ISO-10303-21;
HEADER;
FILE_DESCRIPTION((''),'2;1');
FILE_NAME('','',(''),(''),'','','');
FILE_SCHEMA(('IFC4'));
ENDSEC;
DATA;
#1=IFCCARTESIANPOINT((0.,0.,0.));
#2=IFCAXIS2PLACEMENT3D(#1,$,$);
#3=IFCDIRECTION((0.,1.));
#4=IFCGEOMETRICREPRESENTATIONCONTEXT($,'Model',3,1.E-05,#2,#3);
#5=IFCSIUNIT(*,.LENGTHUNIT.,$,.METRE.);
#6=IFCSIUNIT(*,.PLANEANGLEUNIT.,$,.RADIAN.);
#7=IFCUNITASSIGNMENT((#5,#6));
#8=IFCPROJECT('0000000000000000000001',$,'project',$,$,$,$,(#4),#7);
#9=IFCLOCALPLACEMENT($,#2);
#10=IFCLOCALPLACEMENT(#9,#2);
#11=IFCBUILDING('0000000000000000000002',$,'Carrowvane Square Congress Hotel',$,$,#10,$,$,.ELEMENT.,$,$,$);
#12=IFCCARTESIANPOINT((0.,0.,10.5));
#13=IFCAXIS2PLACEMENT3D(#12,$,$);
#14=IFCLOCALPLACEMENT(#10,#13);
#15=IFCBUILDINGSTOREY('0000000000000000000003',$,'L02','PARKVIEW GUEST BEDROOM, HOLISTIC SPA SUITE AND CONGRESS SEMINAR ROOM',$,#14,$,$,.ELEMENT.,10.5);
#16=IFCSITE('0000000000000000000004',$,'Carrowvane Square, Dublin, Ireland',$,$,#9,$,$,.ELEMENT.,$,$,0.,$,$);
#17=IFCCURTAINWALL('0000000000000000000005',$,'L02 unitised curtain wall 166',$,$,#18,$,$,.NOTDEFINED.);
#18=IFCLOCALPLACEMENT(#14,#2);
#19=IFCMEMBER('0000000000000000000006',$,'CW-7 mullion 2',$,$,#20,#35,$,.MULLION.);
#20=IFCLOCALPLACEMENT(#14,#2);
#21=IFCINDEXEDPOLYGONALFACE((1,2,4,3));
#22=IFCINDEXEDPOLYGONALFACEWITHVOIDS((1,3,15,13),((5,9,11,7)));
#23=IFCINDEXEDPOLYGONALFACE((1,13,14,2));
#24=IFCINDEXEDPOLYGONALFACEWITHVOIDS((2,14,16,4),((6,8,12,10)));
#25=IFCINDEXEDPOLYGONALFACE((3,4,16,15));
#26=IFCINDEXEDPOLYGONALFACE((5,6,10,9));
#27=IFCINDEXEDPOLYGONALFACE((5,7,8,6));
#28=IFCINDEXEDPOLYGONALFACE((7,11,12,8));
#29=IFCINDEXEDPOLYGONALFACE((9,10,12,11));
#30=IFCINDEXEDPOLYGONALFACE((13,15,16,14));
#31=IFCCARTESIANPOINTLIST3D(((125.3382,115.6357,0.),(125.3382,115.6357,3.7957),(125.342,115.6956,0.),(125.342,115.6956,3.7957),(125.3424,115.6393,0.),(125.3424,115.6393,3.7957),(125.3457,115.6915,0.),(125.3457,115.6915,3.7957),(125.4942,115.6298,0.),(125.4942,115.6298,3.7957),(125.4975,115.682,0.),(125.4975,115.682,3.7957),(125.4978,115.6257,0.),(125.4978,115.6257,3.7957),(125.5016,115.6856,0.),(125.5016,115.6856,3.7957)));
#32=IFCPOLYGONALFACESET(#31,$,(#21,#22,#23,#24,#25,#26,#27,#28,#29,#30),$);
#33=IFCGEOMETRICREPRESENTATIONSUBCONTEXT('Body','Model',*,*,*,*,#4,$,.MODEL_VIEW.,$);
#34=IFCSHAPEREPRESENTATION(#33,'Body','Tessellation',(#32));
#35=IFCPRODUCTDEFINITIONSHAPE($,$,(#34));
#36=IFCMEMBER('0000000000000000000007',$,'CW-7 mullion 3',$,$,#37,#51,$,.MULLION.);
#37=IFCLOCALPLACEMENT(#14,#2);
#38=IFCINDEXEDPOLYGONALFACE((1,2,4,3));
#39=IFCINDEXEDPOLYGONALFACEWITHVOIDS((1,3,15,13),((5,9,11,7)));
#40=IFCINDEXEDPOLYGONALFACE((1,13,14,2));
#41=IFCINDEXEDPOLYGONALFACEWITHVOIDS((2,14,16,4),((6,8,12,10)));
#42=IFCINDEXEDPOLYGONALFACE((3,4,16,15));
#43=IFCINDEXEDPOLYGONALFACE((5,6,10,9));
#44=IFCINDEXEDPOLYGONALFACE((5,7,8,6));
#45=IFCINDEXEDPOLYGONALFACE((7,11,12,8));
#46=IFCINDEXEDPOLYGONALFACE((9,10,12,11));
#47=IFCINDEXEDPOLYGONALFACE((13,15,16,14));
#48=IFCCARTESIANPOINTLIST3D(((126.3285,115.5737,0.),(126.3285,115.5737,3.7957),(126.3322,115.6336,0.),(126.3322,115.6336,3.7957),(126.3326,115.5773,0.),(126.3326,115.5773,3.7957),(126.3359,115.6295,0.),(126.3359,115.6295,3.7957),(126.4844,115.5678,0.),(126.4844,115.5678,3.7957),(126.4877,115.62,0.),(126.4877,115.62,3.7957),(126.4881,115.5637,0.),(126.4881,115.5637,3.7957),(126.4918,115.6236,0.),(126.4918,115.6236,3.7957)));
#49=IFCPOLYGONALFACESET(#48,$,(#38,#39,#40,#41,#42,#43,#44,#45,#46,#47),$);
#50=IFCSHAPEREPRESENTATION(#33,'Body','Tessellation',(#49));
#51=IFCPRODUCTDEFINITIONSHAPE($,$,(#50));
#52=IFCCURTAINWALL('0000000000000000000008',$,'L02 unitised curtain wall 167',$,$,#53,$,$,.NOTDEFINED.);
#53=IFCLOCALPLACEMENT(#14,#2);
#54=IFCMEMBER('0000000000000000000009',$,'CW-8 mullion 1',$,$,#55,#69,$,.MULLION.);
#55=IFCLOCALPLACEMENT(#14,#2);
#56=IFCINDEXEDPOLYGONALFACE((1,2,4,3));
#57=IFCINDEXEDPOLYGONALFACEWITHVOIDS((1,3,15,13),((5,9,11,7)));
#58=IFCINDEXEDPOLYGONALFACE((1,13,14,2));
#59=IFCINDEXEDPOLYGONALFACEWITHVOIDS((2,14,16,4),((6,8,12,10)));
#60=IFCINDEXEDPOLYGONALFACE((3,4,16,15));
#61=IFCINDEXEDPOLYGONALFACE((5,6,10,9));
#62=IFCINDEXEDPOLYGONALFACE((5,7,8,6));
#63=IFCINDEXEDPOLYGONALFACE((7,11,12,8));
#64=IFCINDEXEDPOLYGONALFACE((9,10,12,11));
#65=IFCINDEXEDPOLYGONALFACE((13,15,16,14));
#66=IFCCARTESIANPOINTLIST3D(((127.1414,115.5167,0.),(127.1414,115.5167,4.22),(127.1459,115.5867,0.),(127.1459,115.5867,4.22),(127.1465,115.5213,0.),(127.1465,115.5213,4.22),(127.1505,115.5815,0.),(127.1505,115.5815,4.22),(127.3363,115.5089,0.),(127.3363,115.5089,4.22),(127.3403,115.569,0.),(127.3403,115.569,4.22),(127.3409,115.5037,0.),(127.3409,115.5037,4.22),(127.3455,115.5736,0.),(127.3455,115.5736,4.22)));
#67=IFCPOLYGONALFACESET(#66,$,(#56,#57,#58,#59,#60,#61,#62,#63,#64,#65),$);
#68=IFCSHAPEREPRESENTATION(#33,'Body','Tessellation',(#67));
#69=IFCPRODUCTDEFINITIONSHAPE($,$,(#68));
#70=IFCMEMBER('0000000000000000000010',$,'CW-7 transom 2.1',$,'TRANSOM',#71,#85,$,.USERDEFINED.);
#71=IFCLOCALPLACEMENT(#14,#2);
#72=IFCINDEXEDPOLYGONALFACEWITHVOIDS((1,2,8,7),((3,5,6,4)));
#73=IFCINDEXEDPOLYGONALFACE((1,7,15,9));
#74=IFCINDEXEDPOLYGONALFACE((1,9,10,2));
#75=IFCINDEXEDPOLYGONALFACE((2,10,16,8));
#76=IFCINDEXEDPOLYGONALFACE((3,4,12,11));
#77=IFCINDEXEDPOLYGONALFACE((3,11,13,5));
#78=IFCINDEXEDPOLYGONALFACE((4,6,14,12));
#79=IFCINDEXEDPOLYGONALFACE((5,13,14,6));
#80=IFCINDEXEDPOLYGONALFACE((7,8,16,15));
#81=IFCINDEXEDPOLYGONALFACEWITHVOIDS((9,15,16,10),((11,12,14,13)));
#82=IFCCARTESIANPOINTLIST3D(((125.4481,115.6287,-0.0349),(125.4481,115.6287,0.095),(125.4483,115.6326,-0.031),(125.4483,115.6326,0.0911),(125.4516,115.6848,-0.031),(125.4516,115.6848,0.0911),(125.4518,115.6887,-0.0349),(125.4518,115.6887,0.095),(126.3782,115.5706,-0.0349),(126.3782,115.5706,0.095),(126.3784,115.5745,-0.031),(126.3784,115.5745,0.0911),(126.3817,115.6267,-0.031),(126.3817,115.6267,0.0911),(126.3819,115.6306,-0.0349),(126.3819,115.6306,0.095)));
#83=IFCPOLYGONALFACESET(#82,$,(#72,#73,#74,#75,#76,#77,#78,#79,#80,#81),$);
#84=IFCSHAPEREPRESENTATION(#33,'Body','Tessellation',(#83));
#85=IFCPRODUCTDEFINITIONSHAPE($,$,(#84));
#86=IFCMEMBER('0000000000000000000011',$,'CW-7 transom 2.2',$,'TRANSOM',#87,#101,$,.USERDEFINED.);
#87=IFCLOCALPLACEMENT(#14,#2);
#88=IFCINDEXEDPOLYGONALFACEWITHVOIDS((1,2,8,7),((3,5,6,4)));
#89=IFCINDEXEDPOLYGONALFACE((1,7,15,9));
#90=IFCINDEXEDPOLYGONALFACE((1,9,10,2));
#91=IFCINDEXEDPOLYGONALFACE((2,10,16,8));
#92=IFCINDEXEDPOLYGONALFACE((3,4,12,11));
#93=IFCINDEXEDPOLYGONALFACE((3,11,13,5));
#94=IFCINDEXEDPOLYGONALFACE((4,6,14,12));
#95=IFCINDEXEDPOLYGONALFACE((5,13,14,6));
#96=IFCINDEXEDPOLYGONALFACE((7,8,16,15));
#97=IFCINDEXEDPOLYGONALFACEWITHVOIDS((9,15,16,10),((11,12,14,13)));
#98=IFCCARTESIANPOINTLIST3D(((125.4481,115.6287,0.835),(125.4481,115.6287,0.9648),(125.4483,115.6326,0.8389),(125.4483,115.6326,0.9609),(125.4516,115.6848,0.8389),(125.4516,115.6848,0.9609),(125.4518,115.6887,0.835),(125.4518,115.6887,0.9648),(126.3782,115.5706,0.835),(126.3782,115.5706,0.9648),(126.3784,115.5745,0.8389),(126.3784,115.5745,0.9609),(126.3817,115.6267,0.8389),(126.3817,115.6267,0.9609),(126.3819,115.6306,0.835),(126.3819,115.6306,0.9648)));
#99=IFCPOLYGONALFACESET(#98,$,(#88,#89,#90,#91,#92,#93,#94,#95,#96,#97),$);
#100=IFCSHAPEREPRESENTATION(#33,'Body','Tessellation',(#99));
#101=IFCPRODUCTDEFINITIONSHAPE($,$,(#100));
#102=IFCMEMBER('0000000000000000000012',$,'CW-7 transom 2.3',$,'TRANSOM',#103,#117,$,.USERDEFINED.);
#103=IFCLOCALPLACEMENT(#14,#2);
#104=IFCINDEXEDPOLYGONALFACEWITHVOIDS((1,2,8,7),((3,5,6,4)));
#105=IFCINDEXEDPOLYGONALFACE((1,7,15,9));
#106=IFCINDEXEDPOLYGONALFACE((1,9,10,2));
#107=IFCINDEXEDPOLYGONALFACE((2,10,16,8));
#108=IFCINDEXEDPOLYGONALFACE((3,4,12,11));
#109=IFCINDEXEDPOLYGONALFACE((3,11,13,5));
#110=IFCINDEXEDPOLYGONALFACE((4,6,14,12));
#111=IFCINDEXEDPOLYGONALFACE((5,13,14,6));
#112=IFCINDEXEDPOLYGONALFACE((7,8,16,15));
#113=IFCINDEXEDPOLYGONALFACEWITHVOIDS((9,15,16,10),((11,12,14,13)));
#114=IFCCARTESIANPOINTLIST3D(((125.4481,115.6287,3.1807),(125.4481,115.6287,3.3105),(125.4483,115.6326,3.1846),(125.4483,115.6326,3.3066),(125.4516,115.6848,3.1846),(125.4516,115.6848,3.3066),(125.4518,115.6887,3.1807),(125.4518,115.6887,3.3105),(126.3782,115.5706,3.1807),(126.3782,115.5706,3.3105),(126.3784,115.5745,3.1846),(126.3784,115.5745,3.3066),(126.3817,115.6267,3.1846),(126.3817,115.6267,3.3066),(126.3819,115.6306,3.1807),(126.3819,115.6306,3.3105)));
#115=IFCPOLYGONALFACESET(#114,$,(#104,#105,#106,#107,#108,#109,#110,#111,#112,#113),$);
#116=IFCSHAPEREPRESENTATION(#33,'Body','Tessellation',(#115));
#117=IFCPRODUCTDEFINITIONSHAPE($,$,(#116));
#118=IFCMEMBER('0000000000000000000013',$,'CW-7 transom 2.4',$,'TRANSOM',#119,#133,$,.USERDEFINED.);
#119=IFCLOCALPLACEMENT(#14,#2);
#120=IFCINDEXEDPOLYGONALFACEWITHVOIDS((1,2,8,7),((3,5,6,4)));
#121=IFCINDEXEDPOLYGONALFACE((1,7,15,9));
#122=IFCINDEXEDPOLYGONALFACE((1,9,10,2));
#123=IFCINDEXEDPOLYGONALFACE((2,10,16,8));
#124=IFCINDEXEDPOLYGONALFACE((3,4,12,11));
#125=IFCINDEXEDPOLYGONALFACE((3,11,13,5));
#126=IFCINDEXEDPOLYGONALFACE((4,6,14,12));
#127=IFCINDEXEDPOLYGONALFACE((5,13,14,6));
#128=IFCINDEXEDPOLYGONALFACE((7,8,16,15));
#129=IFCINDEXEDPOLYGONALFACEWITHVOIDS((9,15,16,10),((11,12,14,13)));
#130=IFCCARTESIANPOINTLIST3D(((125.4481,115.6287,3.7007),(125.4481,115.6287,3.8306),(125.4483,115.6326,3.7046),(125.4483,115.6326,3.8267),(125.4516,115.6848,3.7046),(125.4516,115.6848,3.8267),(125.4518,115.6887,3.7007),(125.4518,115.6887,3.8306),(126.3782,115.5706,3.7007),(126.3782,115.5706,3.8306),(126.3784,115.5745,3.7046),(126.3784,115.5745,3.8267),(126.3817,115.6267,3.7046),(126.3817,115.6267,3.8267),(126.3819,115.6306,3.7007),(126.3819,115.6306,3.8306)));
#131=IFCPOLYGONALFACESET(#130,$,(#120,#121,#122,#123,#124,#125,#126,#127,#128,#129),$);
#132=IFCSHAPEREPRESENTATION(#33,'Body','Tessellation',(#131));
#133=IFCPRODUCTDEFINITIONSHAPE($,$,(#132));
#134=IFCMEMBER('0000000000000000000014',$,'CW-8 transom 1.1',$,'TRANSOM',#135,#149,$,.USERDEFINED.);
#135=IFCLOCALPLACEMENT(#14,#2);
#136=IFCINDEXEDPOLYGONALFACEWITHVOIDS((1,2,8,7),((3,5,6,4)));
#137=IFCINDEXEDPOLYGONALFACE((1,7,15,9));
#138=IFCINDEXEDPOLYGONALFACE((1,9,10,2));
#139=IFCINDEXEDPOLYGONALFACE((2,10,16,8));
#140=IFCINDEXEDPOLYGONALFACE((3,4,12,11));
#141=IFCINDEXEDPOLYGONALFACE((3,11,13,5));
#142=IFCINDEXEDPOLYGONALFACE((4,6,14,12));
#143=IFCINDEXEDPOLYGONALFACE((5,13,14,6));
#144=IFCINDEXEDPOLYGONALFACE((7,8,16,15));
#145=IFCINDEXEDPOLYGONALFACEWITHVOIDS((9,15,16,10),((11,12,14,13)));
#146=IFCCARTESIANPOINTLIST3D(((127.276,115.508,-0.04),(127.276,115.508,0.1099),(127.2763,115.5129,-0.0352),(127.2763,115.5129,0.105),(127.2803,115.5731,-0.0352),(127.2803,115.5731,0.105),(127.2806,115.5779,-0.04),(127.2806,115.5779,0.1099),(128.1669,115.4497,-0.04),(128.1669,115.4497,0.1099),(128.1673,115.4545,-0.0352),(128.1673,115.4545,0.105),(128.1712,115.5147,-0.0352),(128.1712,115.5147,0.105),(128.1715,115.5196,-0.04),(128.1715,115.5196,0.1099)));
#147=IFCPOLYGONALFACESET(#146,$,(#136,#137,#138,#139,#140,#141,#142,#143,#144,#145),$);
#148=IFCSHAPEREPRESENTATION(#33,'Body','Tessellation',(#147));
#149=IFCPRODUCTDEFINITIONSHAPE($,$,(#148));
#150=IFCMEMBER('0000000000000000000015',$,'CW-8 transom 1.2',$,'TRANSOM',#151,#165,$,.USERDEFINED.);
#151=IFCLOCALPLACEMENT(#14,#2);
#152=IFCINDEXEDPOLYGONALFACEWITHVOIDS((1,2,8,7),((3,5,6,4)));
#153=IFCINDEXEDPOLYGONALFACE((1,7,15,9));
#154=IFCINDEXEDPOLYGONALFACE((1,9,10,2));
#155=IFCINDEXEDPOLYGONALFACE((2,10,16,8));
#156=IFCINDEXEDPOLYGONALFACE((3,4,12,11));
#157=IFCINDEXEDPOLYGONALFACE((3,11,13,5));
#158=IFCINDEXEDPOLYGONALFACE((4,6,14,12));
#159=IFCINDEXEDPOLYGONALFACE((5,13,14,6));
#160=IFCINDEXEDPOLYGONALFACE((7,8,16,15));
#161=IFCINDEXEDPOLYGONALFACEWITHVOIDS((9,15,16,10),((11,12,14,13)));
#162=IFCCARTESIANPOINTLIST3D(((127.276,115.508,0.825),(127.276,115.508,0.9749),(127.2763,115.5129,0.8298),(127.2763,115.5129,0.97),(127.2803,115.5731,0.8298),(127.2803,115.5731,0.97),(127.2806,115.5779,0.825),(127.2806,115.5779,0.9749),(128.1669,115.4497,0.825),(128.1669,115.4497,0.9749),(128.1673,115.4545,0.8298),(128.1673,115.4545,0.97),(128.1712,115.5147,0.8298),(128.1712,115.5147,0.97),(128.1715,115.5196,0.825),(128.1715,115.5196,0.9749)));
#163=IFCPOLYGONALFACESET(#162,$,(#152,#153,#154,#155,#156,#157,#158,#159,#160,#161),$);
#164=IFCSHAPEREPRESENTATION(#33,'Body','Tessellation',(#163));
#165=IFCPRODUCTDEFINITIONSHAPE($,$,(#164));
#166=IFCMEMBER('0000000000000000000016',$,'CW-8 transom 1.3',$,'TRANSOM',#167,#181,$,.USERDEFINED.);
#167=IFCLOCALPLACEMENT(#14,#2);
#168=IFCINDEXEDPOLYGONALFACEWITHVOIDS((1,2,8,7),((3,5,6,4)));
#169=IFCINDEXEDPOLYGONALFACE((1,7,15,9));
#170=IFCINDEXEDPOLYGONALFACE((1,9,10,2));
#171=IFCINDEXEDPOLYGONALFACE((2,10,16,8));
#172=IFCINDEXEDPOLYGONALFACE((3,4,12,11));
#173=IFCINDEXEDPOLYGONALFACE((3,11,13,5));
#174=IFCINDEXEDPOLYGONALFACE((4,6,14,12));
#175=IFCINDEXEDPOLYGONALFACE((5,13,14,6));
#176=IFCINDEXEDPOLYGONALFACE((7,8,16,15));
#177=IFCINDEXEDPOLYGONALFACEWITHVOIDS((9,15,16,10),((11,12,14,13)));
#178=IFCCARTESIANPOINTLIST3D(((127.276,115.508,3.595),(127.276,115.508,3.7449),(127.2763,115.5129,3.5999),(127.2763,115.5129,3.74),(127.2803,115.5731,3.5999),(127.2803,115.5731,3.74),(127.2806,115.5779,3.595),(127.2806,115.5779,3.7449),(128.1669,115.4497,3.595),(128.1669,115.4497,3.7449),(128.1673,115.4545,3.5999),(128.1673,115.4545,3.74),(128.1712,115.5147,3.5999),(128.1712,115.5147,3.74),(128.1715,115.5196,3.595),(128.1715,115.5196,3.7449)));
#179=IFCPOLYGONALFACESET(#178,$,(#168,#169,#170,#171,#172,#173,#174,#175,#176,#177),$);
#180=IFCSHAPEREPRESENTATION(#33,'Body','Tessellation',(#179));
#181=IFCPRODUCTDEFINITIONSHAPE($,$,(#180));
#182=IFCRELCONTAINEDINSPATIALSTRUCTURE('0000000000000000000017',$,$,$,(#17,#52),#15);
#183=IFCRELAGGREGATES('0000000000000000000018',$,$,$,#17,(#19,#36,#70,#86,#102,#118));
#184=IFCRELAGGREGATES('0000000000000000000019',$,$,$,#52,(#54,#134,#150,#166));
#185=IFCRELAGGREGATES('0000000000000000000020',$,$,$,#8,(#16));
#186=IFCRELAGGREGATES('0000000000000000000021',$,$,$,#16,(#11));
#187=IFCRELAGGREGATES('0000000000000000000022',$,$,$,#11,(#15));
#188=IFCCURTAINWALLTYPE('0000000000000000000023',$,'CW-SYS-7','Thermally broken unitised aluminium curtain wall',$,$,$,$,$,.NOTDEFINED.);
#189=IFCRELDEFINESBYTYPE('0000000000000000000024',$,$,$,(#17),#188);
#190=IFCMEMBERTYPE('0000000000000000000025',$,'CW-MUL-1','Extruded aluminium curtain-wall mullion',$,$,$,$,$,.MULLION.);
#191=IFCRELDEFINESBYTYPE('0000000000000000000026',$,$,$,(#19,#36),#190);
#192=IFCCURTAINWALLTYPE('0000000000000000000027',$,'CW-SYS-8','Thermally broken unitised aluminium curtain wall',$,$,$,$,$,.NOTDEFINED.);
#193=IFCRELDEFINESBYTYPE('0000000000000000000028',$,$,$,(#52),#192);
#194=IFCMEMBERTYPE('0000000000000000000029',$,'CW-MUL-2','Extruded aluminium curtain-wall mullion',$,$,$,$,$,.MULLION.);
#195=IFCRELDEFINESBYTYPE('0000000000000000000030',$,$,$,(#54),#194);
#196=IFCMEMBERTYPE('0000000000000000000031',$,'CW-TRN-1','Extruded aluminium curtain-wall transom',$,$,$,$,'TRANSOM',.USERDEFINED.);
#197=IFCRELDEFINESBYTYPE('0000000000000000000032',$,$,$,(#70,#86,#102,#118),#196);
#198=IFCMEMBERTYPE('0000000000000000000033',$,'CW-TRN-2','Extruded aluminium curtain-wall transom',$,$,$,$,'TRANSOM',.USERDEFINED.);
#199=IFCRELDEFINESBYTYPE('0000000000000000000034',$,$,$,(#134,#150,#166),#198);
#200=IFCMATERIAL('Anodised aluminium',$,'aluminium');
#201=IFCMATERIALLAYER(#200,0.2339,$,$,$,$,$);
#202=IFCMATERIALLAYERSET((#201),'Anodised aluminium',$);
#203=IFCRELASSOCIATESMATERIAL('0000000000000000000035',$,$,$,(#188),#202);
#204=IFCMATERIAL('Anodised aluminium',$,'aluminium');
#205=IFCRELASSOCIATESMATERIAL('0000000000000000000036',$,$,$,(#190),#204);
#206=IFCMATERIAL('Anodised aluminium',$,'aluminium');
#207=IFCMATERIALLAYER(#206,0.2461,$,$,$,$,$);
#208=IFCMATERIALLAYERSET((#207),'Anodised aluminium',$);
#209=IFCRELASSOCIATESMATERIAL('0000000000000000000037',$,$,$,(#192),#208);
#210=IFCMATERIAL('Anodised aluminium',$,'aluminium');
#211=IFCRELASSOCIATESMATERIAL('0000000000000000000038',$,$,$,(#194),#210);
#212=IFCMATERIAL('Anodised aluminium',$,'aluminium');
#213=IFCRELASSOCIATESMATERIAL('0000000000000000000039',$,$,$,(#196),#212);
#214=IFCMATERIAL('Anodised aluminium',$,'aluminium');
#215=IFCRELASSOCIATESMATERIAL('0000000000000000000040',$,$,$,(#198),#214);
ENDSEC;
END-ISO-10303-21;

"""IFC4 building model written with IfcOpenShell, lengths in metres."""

from ifc_helpers import new_model, si_unit, direction, frame, origin, origin_2d, place, context, subcontext, project, spatial, hollow_rectangle, extrude, material, layer, layer_set, material_profile, profile_set, type_object, element, aggregate, save


model = new_model("IFC4")

# Units and contexts
model_context = context("Model", 3, precision=1e-05, world=origin(), true_north=direction((0.0, 1.0)))
body_context = subcontext(model_context, "Body", "Model", "MODEL_VIEW")
ifc_project = project(units=[si_unit("LENGTHUNIT", "METRE"), si_unit("PLANEANGLEUNIT", "RADIAN")], contexts=[model_context])

# Site, building, storey
site_placement = place(None, origin())
site = spatial("IfcSite", under=ifc_project, at=site_placement, Name="Carrowvane Square, Dublin, Ireland", CompositionType="ELEMENT", RefElevation=0.0)
building_placement = place(site_placement, origin())
building = spatial("IfcBuilding", under=site, at=building_placement, Name="Carrowvane Square Congress Hotel", CompositionType="ELEMENT")
storey_placement = place(building_placement, frame((0.0, 0.0, 10.5)))
storey = spatial("IfcBuildingStorey", under=building, at=storey_placement, Name="L02", Description="PARKVIEW GUEST BEDROOM, HOLISTIC SPA SUITE AND CONGRESS SEMINAR ROOM", CompositionType="ELEMENT", Elevation=10.5)

# Curtain wall, members
ifc_material_1 = material(Name="Anodised aluminium", Category="aluminium")
ifc_layer_1 = layer(ifc_material_1, 0.2339)
ifc_layer_set_1 = layer_set([ifc_layer_1], Name="Anodised aluminium")
curtain_wall_type_1 = type_object("IfcCurtainWallType", Name="CW-SYS-7", Description="Thermally broken unitised aluminium curtain wall", PredefinedType="NOTDEFINED", material=ifc_layer_set_1)
curtain_wall_1_placement = place(storey_placement, origin())
curtain_wall_1 = element("IfcCurtainWall", 1, at=curtain_wall_1_placement, inside=storey, type_object=curtain_wall_type_1, Name="L02 unitised curtain wall 166", PredefinedType="NOTDEFINED")
ifc_material_2 = material(Name="Anodised aluminium", Category="aluminium")
ifc_material_profile_1 = material_profile(ifc_material_2, hollow_rectangle(XDim=0.0601, YDim=0.1599, WallThickness=0.0039, at=origin_2d()), Name="CW-ML 60x160x4")
ifc_profile_set_1 = profile_set([ifc_material_profile_1], Name="Anodised aluminium")
member_type_1 = type_object("IfcMemberType", Name="CW-MUL-1", Description="Extruded aluminium curtain-wall mullion", PredefinedType="MULLION", material=ifc_profile_set_1)
member_1_placement = place(storey_placement, frame((125.4199, 115.6606, 0.0), z_axis=(0.0, 0.0, 1.0), x_axis=(0.062397, 0.998051, 0.0)))
member_1 = element("IfcMember", 2, at=member_1_placement, type_object=member_type_1, Name="CW-7 mullion 2", PredefinedType="MULLION", context=body_context, shape_type="SweptSolid", body=[
    extrude(hollow_rectangle(XDim=0.0601, YDim=0.1599, WallThickness=0.0039, at=origin_2d()), origin(), (0.0, 0.0, 1.0), 3.7957),
])
member_2_placement = place(storey_placement, frame((126.4102, 115.5986, 0.0), z_axis=(0.0, 0.0, 1.0), x_axis=(0.062397, 0.998051, 0.0)))
member_2 = element("IfcMember", 3, at=member_2_placement, type_object=member_type_1, Name="CW-7 mullion 3", PredefinedType="MULLION", context=body_context, shape_type="SweptSolid", body=[
    extrude(hollow_rectangle(XDim=0.0601, YDim=0.1599, WallThickness=0.0039, at=origin_2d()), origin(), (0.0, 0.0, 1.0), 3.7957),
])

# Curtain wall, member
ifc_material_3 = material(Name="Anodised aluminium", Category="aluminium")
ifc_layer_2 = layer(ifc_material_3, 0.2461)
ifc_layer_set_2 = layer_set([ifc_layer_2], Name="Anodised aluminium")
curtain_wall_type_2 = type_object("IfcCurtainWallType", Name="CW-SYS-8", Description="Thermally broken unitised aluminium curtain wall", PredefinedType="NOTDEFINED", material=ifc_layer_set_2)
curtain_wall_2_placement = place(storey_placement, origin())
curtain_wall_2 = element("IfcCurtainWall", 4, at=curtain_wall_2_placement, inside=storey, type_object=curtain_wall_type_2, Name="L02 unitised curtain wall 167", PredefinedType="NOTDEFINED")
ifc_material_4 = material(Name="Anodised aluminium", Category="aluminium")
ifc_material_profile_2 = material_profile(ifc_material_4, hollow_rectangle(XDim=0.0701, YDim=0.2, WallThickness=0.0049, at=origin_2d()), Name="CW-ML 70x200x5")
ifc_profile_set_2 = profile_set([ifc_material_profile_2], Name="Anodised aluminium")
member_type_2 = type_object("IfcMemberType", Name="CW-MUL-2", Description="Extruded aluminium curtain-wall mullion", PredefinedType="MULLION", material=ifc_profile_set_2)
member_3_placement = place(storey_placement, frame((127.2434, 115.5452, 0.0), z_axis=(0.0, 0.0, 1.0), x_axis=(0.065414, 0.997858, 0.0)))
member_3 = element("IfcMember", 5, at=member_3_placement, type_object=member_type_2, Name="CW-8 mullion 1", PredefinedType="MULLION", context=body_context, shape_type="SweptSolid", body=[
    extrude(hollow_rectangle(XDim=0.0701, YDim=0.2, WallThickness=0.0049, at=origin_2d()), origin(), (0.0, 0.0, 1.0), 4.22),
])

# Members
ifc_material_5 = material(Name="Anodised aluminium", Category="aluminium")
ifc_material_profile_3 = material_profile(ifc_material_5, hollow_rectangle(XDim=0.0601, YDim=0.1299, WallThickness=0.0039, at=origin_2d()), Name="CW-TR 60x130x4")
ifc_profile_set_3 = profile_set([ifc_material_profile_3], Name="Anodised aluminium")
member_type_3 = type_object("IfcMemberType", Name="CW-TRN-1", Description="Extruded aluminium curtain-wall transom", ElementType="TRANSOM", PredefinedType="USERDEFINED", material=ifc_profile_set_3)
member_4_placement = place(storey_placement, frame((125.45, 115.6587, 0.03), z_axis=(0.998055, -0.062346, 0.0), x_axis=(0.062346, 0.998055, 0.0)))
member_4 = element("IfcMember", 6, at=member_4_placement, type_object=member_type_3, Name="CW-7 transom 2.1", ObjectType="TRANSOM", PredefinedType="USERDEFINED", context=body_context, shape_type="SweptSolid", body=[
    extrude(hollow_rectangle(XDim=0.0601, YDim=0.1299, WallThickness=0.0039, at=origin_2d()), origin(), (0.0, 0.0, 1.0), 0.9319),
])
member_5_placement = place(storey_placement, frame((125.45, 115.6587, 0.8999), z_axis=(0.998055, -0.062346, 0.0), x_axis=(0.062346, 0.998055, 0.0)))
member_5 = element("IfcMember", 7, at=member_5_placement, type_object=member_type_3, Name="CW-7 transom 2.2", ObjectType="TRANSOM", PredefinedType="USERDEFINED", context=body_context, shape_type="SweptSolid", body=[
    extrude(hollow_rectangle(XDim=0.0601, YDim=0.1299, WallThickness=0.0039, at=origin_2d()), origin(), (0.0, 0.0, 1.0), 0.9319),
])
member_6_placement = place(storey_placement, frame((125.45, 115.6587, 3.2456), z_axis=(0.998055, -0.062346, 0.0), x_axis=(0.062346, 0.998055, 0.0)))
member_6 = element("IfcMember", 8, at=member_6_placement, type_object=member_type_3, Name="CW-7 transom 2.3", ObjectType="TRANSOM", PredefinedType="USERDEFINED", context=body_context, shape_type="SweptSolid", body=[
    extrude(hollow_rectangle(XDim=0.0601, YDim=0.1299, WallThickness=0.0039, at=origin_2d()), origin(), (0.0, 0.0, 1.0), 0.9319),
])
member_7_placement = place(storey_placement, frame((125.45, 115.6587, 3.7656), z_axis=(0.998055, -0.062346, 0.0), x_axis=(0.062346, 0.998055, 0.0)))
member_7 = element("IfcMember", 9, at=member_7_placement, type_object=member_type_3, Name="CW-7 transom 2.4", ObjectType="TRANSOM", PredefinedType="USERDEFINED", context=body_context, shape_type="SweptSolid", body=[
    extrude(hollow_rectangle(XDim=0.0601, YDim=0.1299, WallThickness=0.0039, at=origin_2d()), origin(), (0.0, 0.0, 1.0), 0.9319),
])
ifc_material_6 = material(Name="Anodised aluminium", Category="aluminium")
ifc_material_profile_4 = material_profile(ifc_material_6, hollow_rectangle(XDim=0.0701, YDim=0.1499, WallThickness=0.0049, at=origin_2d()), Name="CW-TR 70x150x5")
ifc_profile_set_4 = profile_set([ifc_material_profile_4], Name="Anodised aluminium")
member_type_4 = type_object("IfcMemberType", Name="CW-TRN-2", Description="Extruded aluminium curtain-wall transom", ElementType="TRANSOM", PredefinedType="USERDEFINED", material=ifc_profile_set_4)
member_8_placement = place(storey_placement, frame((127.2783, 115.543, 0.0349), z_axis=(0.997862, -0.065357, 0.0), x_axis=(0.065357, 0.997862, 0.0)))
member_8 = element("IfcMember", 10, at=member_8_placement, type_object=member_type_4, Name="CW-8 transom 1.1", ObjectType="TRANSOM", PredefinedType="USERDEFINED", context=body_context, shape_type="SweptSolid", body=[
    extrude(hollow_rectangle(XDim=0.0701, YDim=0.1499, WallThickness=0.0049, at=origin_2d()), origin(), (0.0, 0.0, 1.0), 0.8928),
])
member_9_placement = place(storey_placement, frame((127.2783, 115.543, 0.8999), z_axis=(0.997862, -0.065357, 0.0), x_axis=(0.065357, 0.997862, 0.0)))
member_9 = element("IfcMember", 11, at=member_9_placement, type_object=member_type_4, Name="CW-8 transom 1.2", ObjectType="TRANSOM", PredefinedType="USERDEFINED", context=body_context, shape_type="SweptSolid", body=[
    extrude(hollow_rectangle(XDim=0.0701, YDim=0.1499, WallThickness=0.0049, at=origin_2d()), origin(), (0.0, 0.0, 1.0), 0.8928),
])
member_10_placement = place(storey_placement, frame((127.2783, 115.543, 3.6699), z_axis=(0.997862, -0.065357, 0.0), x_axis=(0.065357, 0.997862, 0.0)))
member_10 = element("IfcMember", 12, at=member_10_placement, type_object=member_type_4, Name="CW-8 transom 1.3", ObjectType="TRANSOM", PredefinedType="USERDEFINED", context=body_context, shape_type="SweptSolid", body=[
    extrude(hollow_rectangle(XDim=0.0701, YDim=0.1499, WallThickness=0.0049, at=origin_2d()), origin(), (0.0, 0.0, 1.0), 0.8928),
])

aggregate(curtain_wall_1, [member_1, member_2, member_4, member_5, member_6, member_7])
aggregate(curtain_wall_2, [member_3, member_8, member_9, member_10])

save(model, "model.ifc")
